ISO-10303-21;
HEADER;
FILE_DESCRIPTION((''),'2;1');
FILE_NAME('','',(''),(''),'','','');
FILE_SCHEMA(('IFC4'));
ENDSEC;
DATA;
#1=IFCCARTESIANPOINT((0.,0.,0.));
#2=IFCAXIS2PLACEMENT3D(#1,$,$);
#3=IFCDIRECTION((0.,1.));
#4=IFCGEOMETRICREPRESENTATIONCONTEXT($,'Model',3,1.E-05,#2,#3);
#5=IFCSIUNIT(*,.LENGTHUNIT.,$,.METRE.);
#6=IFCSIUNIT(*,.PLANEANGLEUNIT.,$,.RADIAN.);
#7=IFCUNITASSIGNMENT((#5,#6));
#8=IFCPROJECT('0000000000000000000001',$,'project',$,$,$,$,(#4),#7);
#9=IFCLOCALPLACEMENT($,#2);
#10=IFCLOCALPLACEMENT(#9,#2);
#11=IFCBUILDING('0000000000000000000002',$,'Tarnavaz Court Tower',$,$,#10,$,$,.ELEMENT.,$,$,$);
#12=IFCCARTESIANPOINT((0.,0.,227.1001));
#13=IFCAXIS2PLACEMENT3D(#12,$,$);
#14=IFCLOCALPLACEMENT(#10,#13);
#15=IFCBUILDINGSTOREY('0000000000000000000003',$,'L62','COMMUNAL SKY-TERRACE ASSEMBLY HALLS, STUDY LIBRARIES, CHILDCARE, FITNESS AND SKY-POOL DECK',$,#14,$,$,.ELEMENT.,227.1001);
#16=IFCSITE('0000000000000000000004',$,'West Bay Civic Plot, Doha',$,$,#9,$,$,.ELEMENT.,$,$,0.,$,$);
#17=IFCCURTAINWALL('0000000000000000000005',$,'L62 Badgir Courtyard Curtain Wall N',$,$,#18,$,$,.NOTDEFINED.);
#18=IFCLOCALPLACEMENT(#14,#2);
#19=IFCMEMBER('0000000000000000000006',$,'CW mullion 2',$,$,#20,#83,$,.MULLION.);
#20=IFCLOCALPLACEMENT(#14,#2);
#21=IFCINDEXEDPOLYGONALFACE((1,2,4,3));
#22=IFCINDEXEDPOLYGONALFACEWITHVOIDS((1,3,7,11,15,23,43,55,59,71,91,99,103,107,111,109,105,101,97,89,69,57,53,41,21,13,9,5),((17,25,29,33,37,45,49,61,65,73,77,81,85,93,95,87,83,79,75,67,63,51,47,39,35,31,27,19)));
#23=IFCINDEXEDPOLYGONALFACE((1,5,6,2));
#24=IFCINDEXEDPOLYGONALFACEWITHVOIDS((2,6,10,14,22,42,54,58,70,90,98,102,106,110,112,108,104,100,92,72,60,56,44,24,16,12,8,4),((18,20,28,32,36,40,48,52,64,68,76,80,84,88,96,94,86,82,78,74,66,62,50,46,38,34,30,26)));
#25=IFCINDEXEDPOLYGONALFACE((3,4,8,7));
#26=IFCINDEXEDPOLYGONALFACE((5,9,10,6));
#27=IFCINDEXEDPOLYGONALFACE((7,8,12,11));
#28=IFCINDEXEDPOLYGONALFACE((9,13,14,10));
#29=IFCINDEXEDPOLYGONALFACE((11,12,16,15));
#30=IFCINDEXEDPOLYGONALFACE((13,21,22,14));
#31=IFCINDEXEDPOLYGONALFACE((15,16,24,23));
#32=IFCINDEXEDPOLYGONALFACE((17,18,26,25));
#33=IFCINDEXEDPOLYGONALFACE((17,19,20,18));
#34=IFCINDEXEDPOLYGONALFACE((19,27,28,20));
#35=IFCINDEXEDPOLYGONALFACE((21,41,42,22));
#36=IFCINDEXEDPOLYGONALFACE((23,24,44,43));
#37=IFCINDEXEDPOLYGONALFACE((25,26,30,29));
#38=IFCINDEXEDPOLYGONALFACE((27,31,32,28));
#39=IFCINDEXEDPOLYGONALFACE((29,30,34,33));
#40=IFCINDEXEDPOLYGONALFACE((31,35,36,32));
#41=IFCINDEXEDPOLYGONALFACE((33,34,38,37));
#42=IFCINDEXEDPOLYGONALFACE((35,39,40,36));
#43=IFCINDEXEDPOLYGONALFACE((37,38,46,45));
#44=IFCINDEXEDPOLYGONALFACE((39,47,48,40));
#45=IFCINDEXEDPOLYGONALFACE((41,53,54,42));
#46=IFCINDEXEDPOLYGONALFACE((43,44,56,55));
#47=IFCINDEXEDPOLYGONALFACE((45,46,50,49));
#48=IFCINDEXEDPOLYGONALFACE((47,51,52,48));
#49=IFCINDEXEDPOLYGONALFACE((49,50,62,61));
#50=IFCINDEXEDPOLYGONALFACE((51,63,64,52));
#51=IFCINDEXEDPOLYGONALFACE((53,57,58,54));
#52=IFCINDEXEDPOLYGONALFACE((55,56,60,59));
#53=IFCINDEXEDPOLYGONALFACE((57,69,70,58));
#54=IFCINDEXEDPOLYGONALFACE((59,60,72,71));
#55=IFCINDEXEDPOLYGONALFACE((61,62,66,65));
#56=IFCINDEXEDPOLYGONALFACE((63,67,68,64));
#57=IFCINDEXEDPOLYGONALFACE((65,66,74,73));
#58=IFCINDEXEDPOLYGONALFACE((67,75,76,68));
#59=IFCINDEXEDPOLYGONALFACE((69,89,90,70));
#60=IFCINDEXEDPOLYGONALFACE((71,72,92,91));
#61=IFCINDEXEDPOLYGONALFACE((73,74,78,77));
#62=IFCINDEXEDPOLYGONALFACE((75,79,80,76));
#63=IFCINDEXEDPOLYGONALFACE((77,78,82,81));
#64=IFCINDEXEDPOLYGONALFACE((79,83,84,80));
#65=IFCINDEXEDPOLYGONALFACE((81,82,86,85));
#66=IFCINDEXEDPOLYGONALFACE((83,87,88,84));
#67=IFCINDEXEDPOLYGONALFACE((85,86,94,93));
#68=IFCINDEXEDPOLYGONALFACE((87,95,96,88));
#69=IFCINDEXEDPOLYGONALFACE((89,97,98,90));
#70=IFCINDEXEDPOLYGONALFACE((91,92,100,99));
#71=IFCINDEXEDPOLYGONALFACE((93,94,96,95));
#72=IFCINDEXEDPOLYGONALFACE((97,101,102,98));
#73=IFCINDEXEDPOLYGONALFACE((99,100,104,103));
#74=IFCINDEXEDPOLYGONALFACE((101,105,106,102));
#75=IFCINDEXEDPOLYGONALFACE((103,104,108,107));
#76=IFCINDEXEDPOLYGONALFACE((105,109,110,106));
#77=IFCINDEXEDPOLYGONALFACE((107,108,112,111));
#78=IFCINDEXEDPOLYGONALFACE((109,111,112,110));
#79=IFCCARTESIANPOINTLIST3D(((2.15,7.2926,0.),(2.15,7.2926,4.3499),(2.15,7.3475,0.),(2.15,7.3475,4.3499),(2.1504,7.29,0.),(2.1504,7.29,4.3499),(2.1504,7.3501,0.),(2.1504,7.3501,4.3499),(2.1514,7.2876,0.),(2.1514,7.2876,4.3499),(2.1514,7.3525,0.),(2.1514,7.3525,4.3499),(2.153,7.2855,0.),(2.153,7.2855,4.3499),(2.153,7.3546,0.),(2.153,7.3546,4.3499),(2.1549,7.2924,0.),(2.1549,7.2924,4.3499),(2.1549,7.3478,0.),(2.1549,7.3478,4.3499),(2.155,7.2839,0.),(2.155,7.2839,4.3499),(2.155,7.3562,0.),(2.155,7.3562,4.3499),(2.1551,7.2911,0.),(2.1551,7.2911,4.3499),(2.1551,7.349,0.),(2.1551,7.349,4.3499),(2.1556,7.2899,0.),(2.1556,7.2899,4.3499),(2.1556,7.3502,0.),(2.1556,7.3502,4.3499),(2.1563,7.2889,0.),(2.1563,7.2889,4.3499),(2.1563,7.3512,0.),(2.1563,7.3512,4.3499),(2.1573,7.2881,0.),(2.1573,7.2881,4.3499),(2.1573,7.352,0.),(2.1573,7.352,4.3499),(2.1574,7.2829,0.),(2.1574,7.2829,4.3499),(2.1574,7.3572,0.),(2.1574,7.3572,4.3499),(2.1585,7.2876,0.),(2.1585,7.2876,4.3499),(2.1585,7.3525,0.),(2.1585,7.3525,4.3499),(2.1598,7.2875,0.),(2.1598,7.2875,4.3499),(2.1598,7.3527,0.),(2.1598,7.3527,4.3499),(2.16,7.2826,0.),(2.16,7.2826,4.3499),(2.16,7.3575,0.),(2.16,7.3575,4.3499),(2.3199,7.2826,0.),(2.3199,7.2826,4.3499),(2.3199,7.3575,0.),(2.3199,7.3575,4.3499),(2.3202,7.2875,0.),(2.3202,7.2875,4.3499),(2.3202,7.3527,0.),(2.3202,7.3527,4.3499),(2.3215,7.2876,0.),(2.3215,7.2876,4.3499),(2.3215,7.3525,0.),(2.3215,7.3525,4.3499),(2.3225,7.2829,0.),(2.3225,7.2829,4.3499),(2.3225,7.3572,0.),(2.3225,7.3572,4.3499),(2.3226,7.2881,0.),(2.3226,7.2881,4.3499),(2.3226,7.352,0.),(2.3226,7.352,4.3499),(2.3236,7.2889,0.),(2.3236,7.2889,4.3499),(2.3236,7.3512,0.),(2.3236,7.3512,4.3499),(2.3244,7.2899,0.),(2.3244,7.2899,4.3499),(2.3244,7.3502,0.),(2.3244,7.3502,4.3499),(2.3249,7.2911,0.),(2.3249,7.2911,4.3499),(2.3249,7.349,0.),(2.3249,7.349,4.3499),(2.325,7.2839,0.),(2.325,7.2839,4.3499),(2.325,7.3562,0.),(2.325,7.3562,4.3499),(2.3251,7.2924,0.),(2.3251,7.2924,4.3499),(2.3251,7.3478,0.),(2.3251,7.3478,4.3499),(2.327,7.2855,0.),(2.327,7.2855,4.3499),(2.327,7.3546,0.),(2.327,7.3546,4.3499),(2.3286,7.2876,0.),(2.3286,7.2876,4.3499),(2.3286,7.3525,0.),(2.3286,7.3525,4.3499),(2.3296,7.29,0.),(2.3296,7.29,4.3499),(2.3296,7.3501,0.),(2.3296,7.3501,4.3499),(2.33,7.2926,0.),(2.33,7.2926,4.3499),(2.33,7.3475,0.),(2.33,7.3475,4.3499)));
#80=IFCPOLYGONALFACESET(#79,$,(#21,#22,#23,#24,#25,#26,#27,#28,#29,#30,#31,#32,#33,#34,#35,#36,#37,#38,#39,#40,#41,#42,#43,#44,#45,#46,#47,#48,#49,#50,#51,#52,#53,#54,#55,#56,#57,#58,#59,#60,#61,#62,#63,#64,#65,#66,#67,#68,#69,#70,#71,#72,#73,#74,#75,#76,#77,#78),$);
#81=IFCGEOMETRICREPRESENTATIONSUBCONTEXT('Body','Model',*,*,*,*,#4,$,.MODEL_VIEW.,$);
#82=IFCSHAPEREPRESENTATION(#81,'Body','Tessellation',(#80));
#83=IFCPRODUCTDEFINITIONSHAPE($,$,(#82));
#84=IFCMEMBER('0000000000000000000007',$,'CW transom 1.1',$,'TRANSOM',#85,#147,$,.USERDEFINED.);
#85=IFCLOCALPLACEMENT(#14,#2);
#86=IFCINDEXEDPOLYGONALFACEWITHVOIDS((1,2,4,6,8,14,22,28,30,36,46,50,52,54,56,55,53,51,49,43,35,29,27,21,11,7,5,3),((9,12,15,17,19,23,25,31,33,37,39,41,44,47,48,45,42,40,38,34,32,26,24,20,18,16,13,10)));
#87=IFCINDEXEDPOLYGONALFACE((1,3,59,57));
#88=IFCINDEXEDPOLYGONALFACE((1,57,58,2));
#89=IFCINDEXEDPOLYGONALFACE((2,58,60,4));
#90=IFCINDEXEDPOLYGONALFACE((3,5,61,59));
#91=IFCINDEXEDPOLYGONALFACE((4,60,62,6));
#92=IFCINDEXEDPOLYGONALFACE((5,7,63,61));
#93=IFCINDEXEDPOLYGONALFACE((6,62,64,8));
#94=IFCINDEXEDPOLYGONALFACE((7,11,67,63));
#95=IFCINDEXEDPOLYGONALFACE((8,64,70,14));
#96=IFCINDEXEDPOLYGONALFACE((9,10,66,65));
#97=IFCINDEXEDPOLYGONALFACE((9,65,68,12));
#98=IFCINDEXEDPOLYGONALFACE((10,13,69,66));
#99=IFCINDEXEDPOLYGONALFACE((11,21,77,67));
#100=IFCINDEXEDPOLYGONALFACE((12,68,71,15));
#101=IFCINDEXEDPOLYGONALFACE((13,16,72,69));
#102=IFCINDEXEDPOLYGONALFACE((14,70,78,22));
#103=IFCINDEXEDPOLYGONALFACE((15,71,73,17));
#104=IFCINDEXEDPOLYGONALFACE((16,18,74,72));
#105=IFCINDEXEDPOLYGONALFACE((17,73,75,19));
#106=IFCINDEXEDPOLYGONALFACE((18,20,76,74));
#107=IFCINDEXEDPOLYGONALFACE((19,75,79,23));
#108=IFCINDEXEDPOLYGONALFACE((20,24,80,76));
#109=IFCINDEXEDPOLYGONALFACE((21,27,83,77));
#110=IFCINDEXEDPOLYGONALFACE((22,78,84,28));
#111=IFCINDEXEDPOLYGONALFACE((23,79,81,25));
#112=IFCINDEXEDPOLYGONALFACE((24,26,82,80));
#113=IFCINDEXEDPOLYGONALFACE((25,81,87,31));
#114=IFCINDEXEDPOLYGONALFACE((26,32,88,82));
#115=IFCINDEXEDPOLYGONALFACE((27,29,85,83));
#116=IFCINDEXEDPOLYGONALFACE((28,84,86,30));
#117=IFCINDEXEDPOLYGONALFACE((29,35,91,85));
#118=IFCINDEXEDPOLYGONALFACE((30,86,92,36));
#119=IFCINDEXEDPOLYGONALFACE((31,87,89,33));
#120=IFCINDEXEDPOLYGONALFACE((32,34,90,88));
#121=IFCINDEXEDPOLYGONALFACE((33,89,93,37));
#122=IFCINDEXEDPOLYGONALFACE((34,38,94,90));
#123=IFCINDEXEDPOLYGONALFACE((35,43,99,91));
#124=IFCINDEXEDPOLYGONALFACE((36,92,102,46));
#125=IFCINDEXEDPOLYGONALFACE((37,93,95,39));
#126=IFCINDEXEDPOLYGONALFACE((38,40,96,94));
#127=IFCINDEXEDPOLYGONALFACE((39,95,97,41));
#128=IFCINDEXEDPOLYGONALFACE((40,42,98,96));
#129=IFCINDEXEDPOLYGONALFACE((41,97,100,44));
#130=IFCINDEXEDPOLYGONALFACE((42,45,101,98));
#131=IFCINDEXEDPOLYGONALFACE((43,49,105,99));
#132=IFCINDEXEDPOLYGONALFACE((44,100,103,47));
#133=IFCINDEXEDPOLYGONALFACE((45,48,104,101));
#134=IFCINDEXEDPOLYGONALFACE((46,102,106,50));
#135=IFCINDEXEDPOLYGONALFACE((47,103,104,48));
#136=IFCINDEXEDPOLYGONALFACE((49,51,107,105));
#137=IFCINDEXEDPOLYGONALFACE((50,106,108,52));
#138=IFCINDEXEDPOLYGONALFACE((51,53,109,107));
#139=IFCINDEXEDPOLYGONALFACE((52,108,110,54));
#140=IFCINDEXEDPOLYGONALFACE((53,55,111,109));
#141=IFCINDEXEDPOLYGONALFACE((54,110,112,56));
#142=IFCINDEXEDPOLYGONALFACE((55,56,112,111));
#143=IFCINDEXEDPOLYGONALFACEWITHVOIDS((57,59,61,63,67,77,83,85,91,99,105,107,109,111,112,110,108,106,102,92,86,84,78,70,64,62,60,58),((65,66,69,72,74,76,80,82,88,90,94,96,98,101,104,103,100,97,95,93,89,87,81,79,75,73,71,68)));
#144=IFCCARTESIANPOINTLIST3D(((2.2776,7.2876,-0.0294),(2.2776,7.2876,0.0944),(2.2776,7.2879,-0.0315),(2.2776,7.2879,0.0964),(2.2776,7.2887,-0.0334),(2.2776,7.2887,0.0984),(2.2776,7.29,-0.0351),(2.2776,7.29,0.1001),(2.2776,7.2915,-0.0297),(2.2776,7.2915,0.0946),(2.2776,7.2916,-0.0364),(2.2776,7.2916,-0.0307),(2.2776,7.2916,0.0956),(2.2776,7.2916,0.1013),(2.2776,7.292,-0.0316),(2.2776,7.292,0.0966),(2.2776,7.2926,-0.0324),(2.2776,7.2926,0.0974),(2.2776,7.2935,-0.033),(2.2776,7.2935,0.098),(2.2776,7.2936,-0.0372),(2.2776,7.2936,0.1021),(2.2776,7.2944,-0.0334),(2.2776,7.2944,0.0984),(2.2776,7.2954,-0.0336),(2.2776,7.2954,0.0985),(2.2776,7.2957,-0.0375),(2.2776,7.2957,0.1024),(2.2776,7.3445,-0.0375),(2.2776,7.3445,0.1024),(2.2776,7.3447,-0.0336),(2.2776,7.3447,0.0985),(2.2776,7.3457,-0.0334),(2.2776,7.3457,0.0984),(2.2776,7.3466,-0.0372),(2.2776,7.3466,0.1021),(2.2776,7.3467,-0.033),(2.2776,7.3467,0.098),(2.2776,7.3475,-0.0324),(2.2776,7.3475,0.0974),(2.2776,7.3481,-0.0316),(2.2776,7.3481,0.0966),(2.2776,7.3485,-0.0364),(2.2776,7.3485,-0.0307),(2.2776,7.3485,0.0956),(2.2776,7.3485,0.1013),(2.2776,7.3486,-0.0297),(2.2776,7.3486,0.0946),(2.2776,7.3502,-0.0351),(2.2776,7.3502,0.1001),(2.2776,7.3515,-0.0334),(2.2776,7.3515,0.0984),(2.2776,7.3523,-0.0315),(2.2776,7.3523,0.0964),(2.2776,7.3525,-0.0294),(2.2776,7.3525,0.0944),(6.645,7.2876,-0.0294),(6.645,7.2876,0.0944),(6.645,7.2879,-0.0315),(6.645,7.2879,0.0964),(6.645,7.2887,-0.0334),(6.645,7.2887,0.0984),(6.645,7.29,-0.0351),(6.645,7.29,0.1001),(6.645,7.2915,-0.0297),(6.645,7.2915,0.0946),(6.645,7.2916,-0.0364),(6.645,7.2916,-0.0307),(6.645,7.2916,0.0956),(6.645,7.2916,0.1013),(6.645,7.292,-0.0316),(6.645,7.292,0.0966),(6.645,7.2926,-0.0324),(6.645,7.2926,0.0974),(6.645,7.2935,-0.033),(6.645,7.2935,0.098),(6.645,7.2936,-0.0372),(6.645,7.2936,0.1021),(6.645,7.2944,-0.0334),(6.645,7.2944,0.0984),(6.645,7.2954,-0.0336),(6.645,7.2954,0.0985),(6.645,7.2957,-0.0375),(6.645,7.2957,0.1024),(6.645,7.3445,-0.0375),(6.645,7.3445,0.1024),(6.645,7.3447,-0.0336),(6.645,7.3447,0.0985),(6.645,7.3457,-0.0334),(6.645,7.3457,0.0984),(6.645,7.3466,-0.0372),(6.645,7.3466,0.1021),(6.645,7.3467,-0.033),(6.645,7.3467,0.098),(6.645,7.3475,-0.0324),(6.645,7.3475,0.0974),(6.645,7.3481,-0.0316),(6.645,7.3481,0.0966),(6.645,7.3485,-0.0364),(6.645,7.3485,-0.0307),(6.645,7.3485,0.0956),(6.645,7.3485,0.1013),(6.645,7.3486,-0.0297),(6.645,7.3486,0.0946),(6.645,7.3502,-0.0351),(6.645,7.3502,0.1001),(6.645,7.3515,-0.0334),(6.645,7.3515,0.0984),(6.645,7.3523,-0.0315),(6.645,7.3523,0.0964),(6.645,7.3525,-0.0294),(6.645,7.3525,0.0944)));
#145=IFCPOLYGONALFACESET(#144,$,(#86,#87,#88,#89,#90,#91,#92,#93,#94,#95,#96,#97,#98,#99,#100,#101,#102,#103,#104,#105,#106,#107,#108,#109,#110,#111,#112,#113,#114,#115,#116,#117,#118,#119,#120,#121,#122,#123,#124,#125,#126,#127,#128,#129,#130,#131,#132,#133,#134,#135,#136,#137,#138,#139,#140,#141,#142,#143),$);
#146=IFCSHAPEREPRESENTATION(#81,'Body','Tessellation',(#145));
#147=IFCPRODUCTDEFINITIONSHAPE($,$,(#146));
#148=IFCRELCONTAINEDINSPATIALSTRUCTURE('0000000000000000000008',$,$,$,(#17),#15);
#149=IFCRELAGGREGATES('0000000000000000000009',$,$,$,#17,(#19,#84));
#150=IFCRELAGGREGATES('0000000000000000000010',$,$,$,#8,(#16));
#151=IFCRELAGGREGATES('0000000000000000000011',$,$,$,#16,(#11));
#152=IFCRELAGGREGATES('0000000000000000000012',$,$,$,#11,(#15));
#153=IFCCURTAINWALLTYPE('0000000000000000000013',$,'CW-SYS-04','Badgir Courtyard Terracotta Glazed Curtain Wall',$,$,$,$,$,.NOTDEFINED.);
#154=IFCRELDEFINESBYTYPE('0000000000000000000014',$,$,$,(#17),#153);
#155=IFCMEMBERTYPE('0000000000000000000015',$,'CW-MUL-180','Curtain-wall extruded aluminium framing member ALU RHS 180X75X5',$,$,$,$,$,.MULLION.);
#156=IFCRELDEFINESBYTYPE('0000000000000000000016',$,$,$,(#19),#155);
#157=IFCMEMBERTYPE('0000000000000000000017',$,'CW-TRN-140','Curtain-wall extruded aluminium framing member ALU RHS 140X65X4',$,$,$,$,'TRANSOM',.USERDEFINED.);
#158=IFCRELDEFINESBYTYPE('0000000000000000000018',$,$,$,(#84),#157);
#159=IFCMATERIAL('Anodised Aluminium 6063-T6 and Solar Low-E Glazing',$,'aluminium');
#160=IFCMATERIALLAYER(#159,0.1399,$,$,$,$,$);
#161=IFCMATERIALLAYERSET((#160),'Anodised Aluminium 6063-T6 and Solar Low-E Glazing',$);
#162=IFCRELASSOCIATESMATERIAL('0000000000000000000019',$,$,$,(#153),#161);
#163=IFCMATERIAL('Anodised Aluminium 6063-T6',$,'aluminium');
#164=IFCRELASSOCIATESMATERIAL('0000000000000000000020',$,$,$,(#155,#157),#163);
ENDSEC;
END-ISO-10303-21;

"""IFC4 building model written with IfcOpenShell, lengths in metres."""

from ifc_helpers import new_model, si_unit, direction, frame, origin, origin_2d, place, context, subcontext, project, spatial, hollow_rectangle, extrude, material, layer, layer_set, material_profile, profile_set, type_object, element, aggregate, save


model = new_model("IFC4")

# Units and contexts
model_context = context("Model", 3, precision=1e-05, world=origin(), true_north=direction((0.0, 1.0)))
body_context = subcontext(model_context, "Body", "Model", "MODEL_VIEW")
ifc_project = project(units=[si_unit("LENGTHUNIT", "METRE"), si_unit("PLANEANGLEUNIT", "RADIAN")], contexts=[model_context])

# Site, building, storey
site_placement = place(None, origin())
site = spatial("IfcSite", under=ifc_project, at=site_placement, Name="West Bay Civic Plot, Doha", CompositionType="ELEMENT", RefElevation=0.0)
building_placement = place(site_placement, origin())
building = spatial("IfcBuilding", under=site, at=building_placement, Name="Tarnavaz Court Tower", CompositionType="ELEMENT")
storey_placement = place(building_placement, frame((0.0, 0.0, 227.1001)))
storey = spatial("IfcBuildingStorey", under=building, at=storey_placement, Name="L62", Description="COMMUNAL SKY-TERRACE ASSEMBLY HALLS, STUDY LIBRARIES, CHILDCARE, FITNESS AND SKY-POOL DECK", CompositionType="ELEMENT", Elevation=227.1001)

# Curtain wall, members
ifc_material_1 = material(Name="Anodised Aluminium 6063-T6 and Solar Low-E Glazing", Category="aluminium")
ifc_layer_1 = layer(ifc_material_1, 0.1399)
ifc_layer_set_1 = layer_set([ifc_layer_1], Name="Anodised Aluminium 6063-T6 and Solar Low-E Glazing")
curtain_wall_type = type_object("IfcCurtainWallType", Name="CW-SYS-04", Description="Badgir Courtyard Terracotta Glazed Curtain Wall", PredefinedType="NOTDEFINED", material=ifc_layer_set_1)
curtain_wall_placement = place(storey_placement, origin())
curtain_wall = element("IfcCurtainWall", 1, at=curtain_wall_placement, inside=storey, type_object=curtain_wall_type, Name="L62 Badgir Courtyard Curtain Wall N", PredefinedType="NOTDEFINED")
ifc_material_2 = material(Name="Anodised Aluminium 6063-T6", Category="aluminium")
ifc_material_profile_1 = material_profile(ifc_material_2, hollow_rectangle(XDim=0.075, YDim=0.1799, WallThickness=0.0049, InnerFilletRadius=0.0049, OuterFilletRadius=0.01, at=origin_2d()), Name="ALU RHS 180X75X5")
ifc_profile_set_1 = profile_set([ifc_material_profile_1], Name="Anodised Aluminium 6063-T6")
member_type_1 = type_object("IfcMemberType", Name="CW-MUL-180", Description="Curtain-wall extruded aluminium framing member ALU RHS 180X75X5", PredefinedType="MULLION", material=ifc_profile_set_1)
member_1_placement = place(storey_placement, frame((2.24, 7.3201, 0.0), z_axis=(0.0, 0.0, 1.0), x_axis=(0.0, -1.0, 0.0)))
member_1 = element("IfcMember", 2, at=member_1_placement, type_object=member_type_1, Name="CW mullion 2", PredefinedType="MULLION", context=body_context, shape_type="SweptSolid", body=[
    extrude(hollow_rectangle(XDim=0.075, YDim=0.1799, WallThickness=0.0049, InnerFilletRadius=0.0049, OuterFilletRadius=0.01, at=origin_2d()), origin(), (0.0, 0.0, 1.0), 4.3499),
])
ifc_material_profile_2 = material_profile(ifc_material_2, hollow_rectangle(XDim=0.0649, YDim=0.1399, WallThickness=0.0039, InnerFilletRadius=0.0039, OuterFilletRadius=0.0081, at=origin_2d()), Name="ALU RHS 140X65X4")
ifc_profile_set_2 = profile_set([ifc_material_profile_2], Name="Anodised Aluminium 6063-T6")
member_type_2 = type_object("IfcMemberType", Name="CW-TRN-140", Description="Curtain-wall extruded aluminium framing member ALU RHS 140X65X4", ElementType="TRANSOM", PredefinedType="USERDEFINED", material=ifc_profile_set_2)
member_2_placement = place(storey_placement, frame((6.645, 7.3201, 0.0325), z_axis=(-1.0, 0.0, 0.0), x_axis=(0.0, -1.0, 0.0)))
member_2 = element("IfcMember", 3, at=member_2_placement, type_object=member_type_2, Name="CW transom 1.1", ObjectType="TRANSOM", PredefinedType="USERDEFINED", context=body_context, shape_type="SweptSolid", body=[
    extrude(hollow_rectangle(XDim=0.0649, YDim=0.1399, WallThickness=0.0039, InnerFilletRadius=0.0039, OuterFilletRadius=0.0081, at=origin_2d()), origin(), (0.0, 0.0, 1.0), 4.3674),
])
aggregate(curtain_wall, [member_1, member_2])

save(model, "model.ifc")
